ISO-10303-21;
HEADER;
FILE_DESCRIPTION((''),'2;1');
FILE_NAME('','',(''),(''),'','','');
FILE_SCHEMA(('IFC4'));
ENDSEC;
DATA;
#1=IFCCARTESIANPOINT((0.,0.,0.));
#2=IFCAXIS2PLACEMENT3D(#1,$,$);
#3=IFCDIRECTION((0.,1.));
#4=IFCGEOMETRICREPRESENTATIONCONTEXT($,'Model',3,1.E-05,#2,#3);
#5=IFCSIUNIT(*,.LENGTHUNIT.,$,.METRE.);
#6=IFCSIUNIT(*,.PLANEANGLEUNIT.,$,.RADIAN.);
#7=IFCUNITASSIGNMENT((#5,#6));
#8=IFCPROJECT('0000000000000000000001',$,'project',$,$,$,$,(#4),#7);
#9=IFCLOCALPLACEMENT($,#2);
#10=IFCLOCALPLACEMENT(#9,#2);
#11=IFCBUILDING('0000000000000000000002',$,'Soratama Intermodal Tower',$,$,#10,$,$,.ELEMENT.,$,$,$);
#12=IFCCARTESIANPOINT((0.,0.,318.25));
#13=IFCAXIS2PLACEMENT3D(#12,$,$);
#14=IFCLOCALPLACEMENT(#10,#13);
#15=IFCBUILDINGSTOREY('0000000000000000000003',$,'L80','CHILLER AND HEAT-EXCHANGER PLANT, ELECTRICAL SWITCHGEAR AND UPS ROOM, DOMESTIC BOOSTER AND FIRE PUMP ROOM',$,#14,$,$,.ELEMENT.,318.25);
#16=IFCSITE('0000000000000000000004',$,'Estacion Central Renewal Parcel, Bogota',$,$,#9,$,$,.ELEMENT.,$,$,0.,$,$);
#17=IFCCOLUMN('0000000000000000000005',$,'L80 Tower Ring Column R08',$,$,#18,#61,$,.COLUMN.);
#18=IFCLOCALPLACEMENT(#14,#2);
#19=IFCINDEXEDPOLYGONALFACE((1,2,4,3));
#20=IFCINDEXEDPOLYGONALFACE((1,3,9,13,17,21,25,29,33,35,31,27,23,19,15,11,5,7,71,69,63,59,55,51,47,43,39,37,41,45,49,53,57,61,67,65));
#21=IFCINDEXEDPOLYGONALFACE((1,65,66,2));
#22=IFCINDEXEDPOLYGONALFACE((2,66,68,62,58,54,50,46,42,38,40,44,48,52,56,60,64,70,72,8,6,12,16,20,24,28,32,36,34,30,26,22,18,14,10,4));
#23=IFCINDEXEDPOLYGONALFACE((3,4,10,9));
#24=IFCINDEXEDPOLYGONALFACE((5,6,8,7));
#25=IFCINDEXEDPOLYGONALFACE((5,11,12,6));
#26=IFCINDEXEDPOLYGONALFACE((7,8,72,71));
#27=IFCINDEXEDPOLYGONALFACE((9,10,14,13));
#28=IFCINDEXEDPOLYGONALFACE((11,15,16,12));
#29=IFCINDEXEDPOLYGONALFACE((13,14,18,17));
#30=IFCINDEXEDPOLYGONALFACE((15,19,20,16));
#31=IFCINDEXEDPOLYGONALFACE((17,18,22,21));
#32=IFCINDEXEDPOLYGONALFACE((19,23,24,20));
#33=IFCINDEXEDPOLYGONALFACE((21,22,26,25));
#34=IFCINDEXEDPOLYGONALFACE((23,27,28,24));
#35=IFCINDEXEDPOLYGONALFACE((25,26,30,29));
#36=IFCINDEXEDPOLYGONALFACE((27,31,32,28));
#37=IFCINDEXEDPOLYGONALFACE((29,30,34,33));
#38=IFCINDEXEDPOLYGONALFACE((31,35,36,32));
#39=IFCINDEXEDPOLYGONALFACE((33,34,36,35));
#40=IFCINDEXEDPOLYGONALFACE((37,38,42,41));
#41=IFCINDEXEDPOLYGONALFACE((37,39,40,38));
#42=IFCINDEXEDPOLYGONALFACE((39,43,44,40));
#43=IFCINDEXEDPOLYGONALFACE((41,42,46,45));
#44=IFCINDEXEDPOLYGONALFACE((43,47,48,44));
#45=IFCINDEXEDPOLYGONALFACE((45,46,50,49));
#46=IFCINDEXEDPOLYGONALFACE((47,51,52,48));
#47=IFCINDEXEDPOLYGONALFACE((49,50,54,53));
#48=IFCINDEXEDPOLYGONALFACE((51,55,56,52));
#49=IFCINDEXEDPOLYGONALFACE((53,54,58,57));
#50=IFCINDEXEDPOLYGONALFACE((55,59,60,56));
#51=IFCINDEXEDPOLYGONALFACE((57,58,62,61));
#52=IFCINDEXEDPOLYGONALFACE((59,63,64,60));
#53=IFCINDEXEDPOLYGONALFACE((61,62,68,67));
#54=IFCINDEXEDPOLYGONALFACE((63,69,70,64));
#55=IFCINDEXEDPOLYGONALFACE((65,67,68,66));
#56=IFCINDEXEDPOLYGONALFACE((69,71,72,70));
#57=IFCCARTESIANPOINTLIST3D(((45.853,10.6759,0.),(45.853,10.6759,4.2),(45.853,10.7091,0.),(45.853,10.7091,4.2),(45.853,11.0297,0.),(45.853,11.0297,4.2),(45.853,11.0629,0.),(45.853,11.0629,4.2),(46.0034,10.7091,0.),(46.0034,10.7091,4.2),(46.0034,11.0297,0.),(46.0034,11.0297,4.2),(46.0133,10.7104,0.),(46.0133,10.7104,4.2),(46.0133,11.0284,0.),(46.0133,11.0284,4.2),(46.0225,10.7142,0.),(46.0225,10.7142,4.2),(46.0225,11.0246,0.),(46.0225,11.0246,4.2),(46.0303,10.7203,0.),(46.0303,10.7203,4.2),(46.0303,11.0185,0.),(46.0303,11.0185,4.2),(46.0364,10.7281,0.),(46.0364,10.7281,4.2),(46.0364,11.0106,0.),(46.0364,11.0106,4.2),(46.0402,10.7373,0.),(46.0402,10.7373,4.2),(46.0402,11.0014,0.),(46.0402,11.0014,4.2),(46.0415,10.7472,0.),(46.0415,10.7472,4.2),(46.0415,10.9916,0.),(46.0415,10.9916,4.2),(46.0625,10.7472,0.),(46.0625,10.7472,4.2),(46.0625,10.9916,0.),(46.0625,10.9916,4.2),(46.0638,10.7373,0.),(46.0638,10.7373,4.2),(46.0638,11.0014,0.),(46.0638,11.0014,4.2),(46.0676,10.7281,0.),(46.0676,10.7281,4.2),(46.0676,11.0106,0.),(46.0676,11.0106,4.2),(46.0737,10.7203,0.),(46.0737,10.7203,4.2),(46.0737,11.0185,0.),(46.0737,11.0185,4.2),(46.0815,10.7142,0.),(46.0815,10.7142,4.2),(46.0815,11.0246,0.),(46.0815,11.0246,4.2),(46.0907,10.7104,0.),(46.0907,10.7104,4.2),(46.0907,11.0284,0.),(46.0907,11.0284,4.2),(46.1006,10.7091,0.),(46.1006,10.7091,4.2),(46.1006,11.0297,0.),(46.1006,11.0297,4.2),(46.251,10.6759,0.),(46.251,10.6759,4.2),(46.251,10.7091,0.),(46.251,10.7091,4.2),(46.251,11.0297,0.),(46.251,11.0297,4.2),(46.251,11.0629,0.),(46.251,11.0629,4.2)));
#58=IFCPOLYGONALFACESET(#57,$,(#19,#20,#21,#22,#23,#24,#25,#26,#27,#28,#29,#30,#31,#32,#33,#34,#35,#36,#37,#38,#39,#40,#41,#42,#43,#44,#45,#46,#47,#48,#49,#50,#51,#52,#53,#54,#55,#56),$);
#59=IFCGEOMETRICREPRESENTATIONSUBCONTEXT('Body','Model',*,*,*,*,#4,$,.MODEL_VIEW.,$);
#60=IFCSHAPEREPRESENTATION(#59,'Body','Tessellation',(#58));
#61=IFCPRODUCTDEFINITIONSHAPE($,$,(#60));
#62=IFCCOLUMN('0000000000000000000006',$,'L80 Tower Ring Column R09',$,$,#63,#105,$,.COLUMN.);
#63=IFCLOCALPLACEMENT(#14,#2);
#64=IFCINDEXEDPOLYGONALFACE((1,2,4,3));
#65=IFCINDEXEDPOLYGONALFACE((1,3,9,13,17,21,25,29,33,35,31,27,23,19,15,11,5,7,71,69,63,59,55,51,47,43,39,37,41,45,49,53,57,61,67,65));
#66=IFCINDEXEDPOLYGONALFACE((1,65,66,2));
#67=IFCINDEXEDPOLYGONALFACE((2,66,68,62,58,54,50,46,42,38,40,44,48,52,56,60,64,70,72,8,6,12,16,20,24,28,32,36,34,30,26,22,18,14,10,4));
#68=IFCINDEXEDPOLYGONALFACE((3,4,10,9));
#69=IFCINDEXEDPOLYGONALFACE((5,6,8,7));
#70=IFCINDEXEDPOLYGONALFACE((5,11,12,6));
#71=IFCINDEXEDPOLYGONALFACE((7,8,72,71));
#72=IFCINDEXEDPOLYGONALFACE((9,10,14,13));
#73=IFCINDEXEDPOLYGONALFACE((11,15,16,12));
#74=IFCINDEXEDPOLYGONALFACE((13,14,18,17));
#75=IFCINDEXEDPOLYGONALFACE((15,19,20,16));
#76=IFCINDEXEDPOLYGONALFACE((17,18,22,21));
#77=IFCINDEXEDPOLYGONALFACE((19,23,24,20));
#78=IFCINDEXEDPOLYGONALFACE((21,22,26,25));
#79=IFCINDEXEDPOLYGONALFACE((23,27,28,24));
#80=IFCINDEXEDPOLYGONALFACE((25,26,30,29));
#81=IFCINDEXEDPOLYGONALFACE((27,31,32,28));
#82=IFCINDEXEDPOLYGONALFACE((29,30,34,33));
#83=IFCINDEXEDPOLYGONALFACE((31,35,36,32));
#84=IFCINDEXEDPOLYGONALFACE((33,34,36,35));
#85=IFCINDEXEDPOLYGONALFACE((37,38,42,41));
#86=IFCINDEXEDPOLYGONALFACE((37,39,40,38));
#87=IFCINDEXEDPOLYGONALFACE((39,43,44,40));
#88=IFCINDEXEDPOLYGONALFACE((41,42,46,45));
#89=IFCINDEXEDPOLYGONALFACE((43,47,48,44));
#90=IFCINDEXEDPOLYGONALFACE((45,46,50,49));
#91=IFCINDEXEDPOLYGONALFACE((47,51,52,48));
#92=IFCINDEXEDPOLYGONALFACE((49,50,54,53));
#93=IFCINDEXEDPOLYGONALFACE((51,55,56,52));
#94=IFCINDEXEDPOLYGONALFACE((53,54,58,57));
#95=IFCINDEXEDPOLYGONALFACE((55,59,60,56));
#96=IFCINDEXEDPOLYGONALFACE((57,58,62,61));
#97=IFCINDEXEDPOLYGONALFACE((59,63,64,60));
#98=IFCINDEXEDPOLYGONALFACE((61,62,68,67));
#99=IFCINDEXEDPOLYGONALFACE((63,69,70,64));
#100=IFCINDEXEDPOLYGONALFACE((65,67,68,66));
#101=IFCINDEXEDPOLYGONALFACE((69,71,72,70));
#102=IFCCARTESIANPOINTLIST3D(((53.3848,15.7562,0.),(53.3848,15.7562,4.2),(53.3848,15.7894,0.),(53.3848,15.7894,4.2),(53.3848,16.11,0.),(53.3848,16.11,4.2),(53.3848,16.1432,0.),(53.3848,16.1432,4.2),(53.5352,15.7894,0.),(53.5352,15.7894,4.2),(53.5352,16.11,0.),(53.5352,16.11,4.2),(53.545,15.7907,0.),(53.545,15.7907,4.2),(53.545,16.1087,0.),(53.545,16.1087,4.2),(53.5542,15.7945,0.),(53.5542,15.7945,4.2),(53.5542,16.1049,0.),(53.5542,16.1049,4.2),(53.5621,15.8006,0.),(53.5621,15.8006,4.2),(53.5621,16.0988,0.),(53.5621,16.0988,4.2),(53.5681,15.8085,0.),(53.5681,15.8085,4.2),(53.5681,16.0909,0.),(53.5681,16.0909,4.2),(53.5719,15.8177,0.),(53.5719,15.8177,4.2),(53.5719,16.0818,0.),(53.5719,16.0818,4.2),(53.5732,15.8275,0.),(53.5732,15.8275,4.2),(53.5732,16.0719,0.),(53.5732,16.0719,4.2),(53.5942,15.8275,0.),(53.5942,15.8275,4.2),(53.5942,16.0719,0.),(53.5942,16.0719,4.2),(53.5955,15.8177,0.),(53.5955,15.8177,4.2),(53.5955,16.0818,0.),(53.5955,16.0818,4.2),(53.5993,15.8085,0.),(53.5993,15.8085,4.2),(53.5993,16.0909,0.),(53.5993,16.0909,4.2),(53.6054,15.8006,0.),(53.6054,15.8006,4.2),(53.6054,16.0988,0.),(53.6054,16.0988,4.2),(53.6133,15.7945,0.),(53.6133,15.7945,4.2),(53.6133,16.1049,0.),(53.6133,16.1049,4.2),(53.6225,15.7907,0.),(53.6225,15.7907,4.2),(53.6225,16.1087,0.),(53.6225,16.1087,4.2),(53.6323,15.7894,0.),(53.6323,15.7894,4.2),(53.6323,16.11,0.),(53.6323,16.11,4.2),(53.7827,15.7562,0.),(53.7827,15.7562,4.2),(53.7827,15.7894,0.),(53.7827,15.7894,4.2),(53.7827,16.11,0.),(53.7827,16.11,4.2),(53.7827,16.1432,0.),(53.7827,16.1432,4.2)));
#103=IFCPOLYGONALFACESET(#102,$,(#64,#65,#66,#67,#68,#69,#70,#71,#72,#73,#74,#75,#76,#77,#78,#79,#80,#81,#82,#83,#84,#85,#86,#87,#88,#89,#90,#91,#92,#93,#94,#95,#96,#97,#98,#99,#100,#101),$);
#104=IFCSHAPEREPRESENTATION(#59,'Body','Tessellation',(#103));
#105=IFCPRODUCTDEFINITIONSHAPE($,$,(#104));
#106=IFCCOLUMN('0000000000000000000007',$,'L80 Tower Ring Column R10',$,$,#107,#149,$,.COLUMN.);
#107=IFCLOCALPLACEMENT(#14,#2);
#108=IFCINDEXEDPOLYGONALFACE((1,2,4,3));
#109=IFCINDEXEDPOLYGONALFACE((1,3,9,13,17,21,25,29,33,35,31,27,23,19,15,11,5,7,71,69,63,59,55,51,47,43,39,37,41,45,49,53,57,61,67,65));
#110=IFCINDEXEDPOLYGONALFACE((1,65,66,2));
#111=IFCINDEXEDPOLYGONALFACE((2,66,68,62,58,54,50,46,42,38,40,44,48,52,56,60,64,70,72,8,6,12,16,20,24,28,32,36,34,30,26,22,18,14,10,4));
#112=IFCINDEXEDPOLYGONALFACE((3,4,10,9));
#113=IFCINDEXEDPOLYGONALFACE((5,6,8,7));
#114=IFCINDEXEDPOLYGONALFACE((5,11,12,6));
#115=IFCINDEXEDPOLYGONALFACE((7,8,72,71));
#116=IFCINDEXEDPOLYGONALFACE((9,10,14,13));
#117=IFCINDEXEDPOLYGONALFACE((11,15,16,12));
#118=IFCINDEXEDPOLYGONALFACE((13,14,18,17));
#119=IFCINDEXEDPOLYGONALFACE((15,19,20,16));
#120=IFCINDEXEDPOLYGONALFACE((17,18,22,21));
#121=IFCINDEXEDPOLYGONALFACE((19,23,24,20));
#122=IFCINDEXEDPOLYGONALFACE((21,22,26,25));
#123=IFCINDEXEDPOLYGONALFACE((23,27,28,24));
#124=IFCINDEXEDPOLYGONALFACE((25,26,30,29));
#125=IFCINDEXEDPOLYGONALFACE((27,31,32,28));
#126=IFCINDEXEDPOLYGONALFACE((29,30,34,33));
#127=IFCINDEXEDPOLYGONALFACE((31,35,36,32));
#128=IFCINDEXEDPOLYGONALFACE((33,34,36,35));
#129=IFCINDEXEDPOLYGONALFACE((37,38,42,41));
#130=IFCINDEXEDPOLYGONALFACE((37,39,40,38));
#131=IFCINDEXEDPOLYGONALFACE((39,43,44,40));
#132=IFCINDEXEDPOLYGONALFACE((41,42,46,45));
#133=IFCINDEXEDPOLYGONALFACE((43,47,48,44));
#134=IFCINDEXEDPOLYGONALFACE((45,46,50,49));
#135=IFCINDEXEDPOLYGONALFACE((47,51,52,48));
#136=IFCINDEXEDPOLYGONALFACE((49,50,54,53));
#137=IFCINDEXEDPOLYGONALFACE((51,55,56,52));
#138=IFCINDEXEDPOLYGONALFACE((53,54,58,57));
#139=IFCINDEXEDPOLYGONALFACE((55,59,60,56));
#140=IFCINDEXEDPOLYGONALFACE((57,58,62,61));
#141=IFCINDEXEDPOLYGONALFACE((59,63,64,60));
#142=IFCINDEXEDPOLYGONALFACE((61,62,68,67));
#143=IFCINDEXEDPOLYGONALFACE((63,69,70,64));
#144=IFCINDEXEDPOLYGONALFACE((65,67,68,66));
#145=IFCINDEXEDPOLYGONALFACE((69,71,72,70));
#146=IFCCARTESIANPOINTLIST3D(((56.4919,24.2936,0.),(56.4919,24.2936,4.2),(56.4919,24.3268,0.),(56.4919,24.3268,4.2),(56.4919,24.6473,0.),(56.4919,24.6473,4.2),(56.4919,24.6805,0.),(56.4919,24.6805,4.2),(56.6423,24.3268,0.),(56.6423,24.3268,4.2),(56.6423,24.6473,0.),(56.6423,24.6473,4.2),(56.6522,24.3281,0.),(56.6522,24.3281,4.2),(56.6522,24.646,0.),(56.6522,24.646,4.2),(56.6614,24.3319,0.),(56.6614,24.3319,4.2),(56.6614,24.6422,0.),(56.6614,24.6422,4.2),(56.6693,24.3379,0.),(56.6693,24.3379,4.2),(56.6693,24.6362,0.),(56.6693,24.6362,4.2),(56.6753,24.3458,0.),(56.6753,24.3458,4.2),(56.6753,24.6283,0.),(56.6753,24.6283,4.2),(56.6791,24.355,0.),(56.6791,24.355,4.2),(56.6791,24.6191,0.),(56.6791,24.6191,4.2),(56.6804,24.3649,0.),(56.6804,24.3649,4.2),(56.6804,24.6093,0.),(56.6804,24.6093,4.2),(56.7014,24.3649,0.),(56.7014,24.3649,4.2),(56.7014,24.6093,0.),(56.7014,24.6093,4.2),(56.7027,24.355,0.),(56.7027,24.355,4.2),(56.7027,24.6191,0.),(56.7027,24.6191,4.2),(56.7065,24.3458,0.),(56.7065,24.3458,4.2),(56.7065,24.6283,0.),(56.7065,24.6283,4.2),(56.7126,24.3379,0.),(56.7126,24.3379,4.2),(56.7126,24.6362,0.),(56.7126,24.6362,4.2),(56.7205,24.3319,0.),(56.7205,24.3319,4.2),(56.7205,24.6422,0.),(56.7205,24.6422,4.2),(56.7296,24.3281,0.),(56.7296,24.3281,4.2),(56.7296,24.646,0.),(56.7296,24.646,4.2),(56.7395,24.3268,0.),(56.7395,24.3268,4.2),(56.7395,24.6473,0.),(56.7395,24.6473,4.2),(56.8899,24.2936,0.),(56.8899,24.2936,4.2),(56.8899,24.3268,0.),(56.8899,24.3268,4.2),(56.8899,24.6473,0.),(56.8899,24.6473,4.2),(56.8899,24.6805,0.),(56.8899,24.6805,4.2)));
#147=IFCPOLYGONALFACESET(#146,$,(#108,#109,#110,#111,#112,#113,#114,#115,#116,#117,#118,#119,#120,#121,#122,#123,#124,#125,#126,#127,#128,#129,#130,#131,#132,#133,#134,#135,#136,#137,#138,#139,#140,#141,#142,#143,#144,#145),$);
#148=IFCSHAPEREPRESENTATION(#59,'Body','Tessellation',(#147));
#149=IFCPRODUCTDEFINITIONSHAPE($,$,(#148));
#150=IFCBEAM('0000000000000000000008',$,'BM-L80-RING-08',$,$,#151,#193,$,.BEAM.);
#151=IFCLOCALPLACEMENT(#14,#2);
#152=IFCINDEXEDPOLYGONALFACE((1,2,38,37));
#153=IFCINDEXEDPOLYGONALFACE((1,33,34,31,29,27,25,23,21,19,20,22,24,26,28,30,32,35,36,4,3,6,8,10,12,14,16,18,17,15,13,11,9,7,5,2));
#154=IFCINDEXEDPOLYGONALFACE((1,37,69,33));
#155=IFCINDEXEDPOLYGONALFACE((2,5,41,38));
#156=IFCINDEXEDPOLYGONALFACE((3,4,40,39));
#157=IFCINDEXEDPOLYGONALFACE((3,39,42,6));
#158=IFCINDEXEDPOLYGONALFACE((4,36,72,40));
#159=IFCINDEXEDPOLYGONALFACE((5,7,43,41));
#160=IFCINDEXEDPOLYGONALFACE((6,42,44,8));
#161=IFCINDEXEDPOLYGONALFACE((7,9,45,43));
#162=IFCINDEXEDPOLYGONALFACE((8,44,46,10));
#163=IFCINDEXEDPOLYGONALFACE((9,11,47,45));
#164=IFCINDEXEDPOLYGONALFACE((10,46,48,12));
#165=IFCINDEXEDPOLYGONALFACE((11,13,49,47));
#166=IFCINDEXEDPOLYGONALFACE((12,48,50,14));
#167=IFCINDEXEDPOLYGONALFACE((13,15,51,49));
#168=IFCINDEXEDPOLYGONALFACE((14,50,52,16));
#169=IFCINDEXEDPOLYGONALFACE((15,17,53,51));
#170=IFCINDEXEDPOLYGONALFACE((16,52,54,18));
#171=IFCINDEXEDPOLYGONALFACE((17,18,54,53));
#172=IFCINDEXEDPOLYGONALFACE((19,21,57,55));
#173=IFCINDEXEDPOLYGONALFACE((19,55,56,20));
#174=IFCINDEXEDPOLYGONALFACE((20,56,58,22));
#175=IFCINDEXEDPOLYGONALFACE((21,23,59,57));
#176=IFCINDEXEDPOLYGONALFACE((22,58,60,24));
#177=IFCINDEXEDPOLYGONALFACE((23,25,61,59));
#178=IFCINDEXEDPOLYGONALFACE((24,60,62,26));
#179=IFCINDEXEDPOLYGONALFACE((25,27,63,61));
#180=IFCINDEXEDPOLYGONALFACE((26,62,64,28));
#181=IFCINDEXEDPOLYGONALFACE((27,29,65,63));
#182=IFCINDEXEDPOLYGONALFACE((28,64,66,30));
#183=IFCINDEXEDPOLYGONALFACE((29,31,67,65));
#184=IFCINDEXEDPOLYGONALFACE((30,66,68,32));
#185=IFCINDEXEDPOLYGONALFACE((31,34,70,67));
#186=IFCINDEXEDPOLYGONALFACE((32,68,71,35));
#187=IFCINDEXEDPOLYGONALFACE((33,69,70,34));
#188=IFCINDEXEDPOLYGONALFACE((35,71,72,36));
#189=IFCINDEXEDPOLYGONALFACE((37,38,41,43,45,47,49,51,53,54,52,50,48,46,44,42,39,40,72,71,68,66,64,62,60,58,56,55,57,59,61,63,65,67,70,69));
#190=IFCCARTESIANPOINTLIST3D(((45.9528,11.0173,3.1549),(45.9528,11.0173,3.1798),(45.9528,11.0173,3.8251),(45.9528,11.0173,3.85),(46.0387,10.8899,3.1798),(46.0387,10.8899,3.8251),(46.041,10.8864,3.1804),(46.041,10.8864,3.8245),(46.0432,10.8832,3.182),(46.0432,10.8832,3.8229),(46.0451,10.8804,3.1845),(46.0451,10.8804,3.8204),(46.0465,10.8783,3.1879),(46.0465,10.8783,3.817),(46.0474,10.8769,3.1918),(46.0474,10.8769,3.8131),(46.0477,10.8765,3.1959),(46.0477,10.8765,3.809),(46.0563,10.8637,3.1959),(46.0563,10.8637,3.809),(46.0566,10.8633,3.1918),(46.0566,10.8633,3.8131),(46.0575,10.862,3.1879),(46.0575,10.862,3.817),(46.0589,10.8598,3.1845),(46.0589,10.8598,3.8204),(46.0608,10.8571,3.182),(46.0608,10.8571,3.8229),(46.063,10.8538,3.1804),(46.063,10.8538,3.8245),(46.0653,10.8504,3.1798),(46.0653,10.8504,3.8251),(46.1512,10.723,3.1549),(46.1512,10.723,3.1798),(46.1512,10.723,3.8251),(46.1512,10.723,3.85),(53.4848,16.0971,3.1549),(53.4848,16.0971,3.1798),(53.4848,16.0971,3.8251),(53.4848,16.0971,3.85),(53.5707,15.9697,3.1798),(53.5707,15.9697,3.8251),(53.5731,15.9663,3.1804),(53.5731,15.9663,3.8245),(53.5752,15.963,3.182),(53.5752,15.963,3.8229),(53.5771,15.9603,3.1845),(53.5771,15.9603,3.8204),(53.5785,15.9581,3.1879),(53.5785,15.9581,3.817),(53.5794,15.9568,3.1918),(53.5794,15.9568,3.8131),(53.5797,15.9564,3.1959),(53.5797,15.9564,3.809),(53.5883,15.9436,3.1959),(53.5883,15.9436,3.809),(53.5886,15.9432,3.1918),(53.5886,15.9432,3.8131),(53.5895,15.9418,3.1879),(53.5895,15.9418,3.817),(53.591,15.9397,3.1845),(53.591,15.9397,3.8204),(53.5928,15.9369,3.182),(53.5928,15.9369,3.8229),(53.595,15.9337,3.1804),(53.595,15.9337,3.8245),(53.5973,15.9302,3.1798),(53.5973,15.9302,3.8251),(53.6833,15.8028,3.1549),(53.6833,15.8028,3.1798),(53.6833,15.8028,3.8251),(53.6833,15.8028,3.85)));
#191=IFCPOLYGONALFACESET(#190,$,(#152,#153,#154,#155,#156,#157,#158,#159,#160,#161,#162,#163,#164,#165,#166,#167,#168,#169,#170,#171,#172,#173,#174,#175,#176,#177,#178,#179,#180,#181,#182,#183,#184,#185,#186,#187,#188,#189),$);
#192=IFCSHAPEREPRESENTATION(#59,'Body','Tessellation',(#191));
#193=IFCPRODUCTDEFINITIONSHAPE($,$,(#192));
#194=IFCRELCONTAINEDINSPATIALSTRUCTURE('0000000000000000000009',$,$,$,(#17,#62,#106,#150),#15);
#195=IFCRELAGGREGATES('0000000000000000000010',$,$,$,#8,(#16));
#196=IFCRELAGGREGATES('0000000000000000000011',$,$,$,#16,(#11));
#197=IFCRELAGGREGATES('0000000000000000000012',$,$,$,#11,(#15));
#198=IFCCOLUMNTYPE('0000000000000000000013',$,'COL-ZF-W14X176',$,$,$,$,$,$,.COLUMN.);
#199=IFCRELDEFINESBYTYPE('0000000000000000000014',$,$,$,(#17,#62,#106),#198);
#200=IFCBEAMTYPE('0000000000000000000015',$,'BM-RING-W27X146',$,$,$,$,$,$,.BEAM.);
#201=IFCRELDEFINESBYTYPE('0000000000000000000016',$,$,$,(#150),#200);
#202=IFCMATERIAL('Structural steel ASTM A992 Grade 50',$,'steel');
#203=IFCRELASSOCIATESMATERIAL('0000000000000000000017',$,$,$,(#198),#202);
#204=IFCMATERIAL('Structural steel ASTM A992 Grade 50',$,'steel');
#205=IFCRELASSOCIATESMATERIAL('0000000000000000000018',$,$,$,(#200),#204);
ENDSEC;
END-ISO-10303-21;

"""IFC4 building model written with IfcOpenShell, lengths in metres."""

from ifc_helpers import new_model, si_unit, direction, frame, origin, origin_2d, place, context, subcontext, project, spatial, i_section, extrude, material, material_profile, profile_set, type_object, element, save


model = new_model("IFC4")

# Units and contexts
model_context = context("Model", 3, precision=1e-05, world=origin(), true_north=direction((0.0, 1.0)))
body_context = subcontext(model_context, "Body", "Model", "MODEL_VIEW")
ifc_project = project(units=[si_unit("LENGTHUNIT", "METRE"), si_unit("PLANEANGLEUNIT", "RADIAN")], contexts=[model_context])

# Site, building, storey
site_placement = place(None, origin())
site = spatial("IfcSite", under=ifc_project, at=site_placement, Name="Estacion Central Renewal Parcel, Bogota", CompositionType="ELEMENT", RefElevation=0.0)
building_placement = place(site_placement, origin())
building = spatial("IfcBuilding", under=site, at=building_placement, Name="Soratama Intermodal Tower", CompositionType="ELEMENT")
storey_placement = place(building_placement, frame((0.0, 0.0, 318.25)))
storey = spatial("IfcBuildingStorey", under=building, at=storey_placement, Name="L80", Description="CHILLER AND HEAT-EXCHANGER PLANT, ELECTRICAL SWITCHGEAR AND UPS ROOM, DOMESTIC BOOSTER AND FIRE PUMP ROOM", CompositionType="ELEMENT", Elevation=318.25)

# Columns
ifc_material_1 = material(Name="Structural steel ASTM A992 Grade 50", Category="steel")
ifc_material_profile_1 = material_profile(ifc_material_1, i_section(OverallWidth=0.3979, OverallDepth=0.387, WebThickness=0.021, FlangeThickness=0.0332, FilletRadius=0.0381, at=origin_2d()), Name="W14X176")
ifc_profile_set_1 = profile_set([ifc_material_profile_1], Name="Structural steel ASTM A992 Grade 50")
column_type = type_object("IfcColumnType", Name="COL-ZF-W14X176", PredefinedType="COLUMN", material=ifc_profile_set_1)
for number, where, z_axis, x_axis, name in (
    (1, (46.052, 10.8694, 0.0), (0.0, 0.0, 1.0), (1.0, 0.0, 0.0), "L80 Tower Ring Column R08"),
    (2, (53.5837, 15.9497, 0.0), (0.0, 0.0, 1.0), (1.0, 0.0, 0.0), "L80 Tower Ring Column R09"),
    (3, (56.6909, 24.4871, 0.0), (0.0, 0.0, 1.0), (1.0, 0.0, 0.0), "L80 Tower Ring Column R10"),
):
    element("IfcColumn", number, at=place(storey_placement, frame(where, z_axis=z_axis, x_axis=x_axis)), inside=storey, type_object=column_type, Name=name, PredefinedType="COLUMN", context=body_context, shape_type="SweptSolid", body=[
        extrude(i_section(OverallWidth=0.3979, OverallDepth=0.387, WebThickness=0.021, FlangeThickness=0.0332, FilletRadius=0.0381, at=origin_2d()), origin(), (0.0, 0.0, 1.0), 4.2),
    ])

# Beam
ifc_material_2 = material(Name="Structural steel ASTM A992 Grade 50", Category="steel")
ifc_material_profile_2 = material_profile(ifc_material_2, i_section(OverallWidth=0.355, OverallDepth=0.6951, WebThickness=0.0154, FlangeThickness=0.0249, FilletRadius=0.0161, at=origin_2d()), Name="W27X146")
ifc_profile_set_2 = profile_set([ifc_material_profile_2], Name="Structural steel ASTM A992 Grade 50")
beam_type_1 = type_object("IfcBeamType", Name="BM-RING-W27X146", PredefinedType="BEAM", material=ifc_profile_set_2)
for number, where, z_axis, x_axis, name in (
    (4, (46.052, 10.8701, 3.5024), (0.829066, 0.559151, 0.0), (-0.559151, 0.829066, 0.0), "BM-L80-RING-08"),
):
    element("IfcBeam", number, at=place(storey_placement, frame(where, z_axis=z_axis, x_axis=x_axis)), inside=storey, type_object=beam_type_1, Name=name, PredefinedType="BEAM", context=body_context, shape_type="SweptSolid", body=[
        extrude(i_section(OverallWidth=0.355, OverallDepth=0.6951, WebThickness=0.0154, FlangeThickness=0.0249, FilletRadius=0.0161, at=origin_2d()), origin(), (0.0, 0.0, 1.0), 9.085),
    ])

save(model, "model.ifc")
